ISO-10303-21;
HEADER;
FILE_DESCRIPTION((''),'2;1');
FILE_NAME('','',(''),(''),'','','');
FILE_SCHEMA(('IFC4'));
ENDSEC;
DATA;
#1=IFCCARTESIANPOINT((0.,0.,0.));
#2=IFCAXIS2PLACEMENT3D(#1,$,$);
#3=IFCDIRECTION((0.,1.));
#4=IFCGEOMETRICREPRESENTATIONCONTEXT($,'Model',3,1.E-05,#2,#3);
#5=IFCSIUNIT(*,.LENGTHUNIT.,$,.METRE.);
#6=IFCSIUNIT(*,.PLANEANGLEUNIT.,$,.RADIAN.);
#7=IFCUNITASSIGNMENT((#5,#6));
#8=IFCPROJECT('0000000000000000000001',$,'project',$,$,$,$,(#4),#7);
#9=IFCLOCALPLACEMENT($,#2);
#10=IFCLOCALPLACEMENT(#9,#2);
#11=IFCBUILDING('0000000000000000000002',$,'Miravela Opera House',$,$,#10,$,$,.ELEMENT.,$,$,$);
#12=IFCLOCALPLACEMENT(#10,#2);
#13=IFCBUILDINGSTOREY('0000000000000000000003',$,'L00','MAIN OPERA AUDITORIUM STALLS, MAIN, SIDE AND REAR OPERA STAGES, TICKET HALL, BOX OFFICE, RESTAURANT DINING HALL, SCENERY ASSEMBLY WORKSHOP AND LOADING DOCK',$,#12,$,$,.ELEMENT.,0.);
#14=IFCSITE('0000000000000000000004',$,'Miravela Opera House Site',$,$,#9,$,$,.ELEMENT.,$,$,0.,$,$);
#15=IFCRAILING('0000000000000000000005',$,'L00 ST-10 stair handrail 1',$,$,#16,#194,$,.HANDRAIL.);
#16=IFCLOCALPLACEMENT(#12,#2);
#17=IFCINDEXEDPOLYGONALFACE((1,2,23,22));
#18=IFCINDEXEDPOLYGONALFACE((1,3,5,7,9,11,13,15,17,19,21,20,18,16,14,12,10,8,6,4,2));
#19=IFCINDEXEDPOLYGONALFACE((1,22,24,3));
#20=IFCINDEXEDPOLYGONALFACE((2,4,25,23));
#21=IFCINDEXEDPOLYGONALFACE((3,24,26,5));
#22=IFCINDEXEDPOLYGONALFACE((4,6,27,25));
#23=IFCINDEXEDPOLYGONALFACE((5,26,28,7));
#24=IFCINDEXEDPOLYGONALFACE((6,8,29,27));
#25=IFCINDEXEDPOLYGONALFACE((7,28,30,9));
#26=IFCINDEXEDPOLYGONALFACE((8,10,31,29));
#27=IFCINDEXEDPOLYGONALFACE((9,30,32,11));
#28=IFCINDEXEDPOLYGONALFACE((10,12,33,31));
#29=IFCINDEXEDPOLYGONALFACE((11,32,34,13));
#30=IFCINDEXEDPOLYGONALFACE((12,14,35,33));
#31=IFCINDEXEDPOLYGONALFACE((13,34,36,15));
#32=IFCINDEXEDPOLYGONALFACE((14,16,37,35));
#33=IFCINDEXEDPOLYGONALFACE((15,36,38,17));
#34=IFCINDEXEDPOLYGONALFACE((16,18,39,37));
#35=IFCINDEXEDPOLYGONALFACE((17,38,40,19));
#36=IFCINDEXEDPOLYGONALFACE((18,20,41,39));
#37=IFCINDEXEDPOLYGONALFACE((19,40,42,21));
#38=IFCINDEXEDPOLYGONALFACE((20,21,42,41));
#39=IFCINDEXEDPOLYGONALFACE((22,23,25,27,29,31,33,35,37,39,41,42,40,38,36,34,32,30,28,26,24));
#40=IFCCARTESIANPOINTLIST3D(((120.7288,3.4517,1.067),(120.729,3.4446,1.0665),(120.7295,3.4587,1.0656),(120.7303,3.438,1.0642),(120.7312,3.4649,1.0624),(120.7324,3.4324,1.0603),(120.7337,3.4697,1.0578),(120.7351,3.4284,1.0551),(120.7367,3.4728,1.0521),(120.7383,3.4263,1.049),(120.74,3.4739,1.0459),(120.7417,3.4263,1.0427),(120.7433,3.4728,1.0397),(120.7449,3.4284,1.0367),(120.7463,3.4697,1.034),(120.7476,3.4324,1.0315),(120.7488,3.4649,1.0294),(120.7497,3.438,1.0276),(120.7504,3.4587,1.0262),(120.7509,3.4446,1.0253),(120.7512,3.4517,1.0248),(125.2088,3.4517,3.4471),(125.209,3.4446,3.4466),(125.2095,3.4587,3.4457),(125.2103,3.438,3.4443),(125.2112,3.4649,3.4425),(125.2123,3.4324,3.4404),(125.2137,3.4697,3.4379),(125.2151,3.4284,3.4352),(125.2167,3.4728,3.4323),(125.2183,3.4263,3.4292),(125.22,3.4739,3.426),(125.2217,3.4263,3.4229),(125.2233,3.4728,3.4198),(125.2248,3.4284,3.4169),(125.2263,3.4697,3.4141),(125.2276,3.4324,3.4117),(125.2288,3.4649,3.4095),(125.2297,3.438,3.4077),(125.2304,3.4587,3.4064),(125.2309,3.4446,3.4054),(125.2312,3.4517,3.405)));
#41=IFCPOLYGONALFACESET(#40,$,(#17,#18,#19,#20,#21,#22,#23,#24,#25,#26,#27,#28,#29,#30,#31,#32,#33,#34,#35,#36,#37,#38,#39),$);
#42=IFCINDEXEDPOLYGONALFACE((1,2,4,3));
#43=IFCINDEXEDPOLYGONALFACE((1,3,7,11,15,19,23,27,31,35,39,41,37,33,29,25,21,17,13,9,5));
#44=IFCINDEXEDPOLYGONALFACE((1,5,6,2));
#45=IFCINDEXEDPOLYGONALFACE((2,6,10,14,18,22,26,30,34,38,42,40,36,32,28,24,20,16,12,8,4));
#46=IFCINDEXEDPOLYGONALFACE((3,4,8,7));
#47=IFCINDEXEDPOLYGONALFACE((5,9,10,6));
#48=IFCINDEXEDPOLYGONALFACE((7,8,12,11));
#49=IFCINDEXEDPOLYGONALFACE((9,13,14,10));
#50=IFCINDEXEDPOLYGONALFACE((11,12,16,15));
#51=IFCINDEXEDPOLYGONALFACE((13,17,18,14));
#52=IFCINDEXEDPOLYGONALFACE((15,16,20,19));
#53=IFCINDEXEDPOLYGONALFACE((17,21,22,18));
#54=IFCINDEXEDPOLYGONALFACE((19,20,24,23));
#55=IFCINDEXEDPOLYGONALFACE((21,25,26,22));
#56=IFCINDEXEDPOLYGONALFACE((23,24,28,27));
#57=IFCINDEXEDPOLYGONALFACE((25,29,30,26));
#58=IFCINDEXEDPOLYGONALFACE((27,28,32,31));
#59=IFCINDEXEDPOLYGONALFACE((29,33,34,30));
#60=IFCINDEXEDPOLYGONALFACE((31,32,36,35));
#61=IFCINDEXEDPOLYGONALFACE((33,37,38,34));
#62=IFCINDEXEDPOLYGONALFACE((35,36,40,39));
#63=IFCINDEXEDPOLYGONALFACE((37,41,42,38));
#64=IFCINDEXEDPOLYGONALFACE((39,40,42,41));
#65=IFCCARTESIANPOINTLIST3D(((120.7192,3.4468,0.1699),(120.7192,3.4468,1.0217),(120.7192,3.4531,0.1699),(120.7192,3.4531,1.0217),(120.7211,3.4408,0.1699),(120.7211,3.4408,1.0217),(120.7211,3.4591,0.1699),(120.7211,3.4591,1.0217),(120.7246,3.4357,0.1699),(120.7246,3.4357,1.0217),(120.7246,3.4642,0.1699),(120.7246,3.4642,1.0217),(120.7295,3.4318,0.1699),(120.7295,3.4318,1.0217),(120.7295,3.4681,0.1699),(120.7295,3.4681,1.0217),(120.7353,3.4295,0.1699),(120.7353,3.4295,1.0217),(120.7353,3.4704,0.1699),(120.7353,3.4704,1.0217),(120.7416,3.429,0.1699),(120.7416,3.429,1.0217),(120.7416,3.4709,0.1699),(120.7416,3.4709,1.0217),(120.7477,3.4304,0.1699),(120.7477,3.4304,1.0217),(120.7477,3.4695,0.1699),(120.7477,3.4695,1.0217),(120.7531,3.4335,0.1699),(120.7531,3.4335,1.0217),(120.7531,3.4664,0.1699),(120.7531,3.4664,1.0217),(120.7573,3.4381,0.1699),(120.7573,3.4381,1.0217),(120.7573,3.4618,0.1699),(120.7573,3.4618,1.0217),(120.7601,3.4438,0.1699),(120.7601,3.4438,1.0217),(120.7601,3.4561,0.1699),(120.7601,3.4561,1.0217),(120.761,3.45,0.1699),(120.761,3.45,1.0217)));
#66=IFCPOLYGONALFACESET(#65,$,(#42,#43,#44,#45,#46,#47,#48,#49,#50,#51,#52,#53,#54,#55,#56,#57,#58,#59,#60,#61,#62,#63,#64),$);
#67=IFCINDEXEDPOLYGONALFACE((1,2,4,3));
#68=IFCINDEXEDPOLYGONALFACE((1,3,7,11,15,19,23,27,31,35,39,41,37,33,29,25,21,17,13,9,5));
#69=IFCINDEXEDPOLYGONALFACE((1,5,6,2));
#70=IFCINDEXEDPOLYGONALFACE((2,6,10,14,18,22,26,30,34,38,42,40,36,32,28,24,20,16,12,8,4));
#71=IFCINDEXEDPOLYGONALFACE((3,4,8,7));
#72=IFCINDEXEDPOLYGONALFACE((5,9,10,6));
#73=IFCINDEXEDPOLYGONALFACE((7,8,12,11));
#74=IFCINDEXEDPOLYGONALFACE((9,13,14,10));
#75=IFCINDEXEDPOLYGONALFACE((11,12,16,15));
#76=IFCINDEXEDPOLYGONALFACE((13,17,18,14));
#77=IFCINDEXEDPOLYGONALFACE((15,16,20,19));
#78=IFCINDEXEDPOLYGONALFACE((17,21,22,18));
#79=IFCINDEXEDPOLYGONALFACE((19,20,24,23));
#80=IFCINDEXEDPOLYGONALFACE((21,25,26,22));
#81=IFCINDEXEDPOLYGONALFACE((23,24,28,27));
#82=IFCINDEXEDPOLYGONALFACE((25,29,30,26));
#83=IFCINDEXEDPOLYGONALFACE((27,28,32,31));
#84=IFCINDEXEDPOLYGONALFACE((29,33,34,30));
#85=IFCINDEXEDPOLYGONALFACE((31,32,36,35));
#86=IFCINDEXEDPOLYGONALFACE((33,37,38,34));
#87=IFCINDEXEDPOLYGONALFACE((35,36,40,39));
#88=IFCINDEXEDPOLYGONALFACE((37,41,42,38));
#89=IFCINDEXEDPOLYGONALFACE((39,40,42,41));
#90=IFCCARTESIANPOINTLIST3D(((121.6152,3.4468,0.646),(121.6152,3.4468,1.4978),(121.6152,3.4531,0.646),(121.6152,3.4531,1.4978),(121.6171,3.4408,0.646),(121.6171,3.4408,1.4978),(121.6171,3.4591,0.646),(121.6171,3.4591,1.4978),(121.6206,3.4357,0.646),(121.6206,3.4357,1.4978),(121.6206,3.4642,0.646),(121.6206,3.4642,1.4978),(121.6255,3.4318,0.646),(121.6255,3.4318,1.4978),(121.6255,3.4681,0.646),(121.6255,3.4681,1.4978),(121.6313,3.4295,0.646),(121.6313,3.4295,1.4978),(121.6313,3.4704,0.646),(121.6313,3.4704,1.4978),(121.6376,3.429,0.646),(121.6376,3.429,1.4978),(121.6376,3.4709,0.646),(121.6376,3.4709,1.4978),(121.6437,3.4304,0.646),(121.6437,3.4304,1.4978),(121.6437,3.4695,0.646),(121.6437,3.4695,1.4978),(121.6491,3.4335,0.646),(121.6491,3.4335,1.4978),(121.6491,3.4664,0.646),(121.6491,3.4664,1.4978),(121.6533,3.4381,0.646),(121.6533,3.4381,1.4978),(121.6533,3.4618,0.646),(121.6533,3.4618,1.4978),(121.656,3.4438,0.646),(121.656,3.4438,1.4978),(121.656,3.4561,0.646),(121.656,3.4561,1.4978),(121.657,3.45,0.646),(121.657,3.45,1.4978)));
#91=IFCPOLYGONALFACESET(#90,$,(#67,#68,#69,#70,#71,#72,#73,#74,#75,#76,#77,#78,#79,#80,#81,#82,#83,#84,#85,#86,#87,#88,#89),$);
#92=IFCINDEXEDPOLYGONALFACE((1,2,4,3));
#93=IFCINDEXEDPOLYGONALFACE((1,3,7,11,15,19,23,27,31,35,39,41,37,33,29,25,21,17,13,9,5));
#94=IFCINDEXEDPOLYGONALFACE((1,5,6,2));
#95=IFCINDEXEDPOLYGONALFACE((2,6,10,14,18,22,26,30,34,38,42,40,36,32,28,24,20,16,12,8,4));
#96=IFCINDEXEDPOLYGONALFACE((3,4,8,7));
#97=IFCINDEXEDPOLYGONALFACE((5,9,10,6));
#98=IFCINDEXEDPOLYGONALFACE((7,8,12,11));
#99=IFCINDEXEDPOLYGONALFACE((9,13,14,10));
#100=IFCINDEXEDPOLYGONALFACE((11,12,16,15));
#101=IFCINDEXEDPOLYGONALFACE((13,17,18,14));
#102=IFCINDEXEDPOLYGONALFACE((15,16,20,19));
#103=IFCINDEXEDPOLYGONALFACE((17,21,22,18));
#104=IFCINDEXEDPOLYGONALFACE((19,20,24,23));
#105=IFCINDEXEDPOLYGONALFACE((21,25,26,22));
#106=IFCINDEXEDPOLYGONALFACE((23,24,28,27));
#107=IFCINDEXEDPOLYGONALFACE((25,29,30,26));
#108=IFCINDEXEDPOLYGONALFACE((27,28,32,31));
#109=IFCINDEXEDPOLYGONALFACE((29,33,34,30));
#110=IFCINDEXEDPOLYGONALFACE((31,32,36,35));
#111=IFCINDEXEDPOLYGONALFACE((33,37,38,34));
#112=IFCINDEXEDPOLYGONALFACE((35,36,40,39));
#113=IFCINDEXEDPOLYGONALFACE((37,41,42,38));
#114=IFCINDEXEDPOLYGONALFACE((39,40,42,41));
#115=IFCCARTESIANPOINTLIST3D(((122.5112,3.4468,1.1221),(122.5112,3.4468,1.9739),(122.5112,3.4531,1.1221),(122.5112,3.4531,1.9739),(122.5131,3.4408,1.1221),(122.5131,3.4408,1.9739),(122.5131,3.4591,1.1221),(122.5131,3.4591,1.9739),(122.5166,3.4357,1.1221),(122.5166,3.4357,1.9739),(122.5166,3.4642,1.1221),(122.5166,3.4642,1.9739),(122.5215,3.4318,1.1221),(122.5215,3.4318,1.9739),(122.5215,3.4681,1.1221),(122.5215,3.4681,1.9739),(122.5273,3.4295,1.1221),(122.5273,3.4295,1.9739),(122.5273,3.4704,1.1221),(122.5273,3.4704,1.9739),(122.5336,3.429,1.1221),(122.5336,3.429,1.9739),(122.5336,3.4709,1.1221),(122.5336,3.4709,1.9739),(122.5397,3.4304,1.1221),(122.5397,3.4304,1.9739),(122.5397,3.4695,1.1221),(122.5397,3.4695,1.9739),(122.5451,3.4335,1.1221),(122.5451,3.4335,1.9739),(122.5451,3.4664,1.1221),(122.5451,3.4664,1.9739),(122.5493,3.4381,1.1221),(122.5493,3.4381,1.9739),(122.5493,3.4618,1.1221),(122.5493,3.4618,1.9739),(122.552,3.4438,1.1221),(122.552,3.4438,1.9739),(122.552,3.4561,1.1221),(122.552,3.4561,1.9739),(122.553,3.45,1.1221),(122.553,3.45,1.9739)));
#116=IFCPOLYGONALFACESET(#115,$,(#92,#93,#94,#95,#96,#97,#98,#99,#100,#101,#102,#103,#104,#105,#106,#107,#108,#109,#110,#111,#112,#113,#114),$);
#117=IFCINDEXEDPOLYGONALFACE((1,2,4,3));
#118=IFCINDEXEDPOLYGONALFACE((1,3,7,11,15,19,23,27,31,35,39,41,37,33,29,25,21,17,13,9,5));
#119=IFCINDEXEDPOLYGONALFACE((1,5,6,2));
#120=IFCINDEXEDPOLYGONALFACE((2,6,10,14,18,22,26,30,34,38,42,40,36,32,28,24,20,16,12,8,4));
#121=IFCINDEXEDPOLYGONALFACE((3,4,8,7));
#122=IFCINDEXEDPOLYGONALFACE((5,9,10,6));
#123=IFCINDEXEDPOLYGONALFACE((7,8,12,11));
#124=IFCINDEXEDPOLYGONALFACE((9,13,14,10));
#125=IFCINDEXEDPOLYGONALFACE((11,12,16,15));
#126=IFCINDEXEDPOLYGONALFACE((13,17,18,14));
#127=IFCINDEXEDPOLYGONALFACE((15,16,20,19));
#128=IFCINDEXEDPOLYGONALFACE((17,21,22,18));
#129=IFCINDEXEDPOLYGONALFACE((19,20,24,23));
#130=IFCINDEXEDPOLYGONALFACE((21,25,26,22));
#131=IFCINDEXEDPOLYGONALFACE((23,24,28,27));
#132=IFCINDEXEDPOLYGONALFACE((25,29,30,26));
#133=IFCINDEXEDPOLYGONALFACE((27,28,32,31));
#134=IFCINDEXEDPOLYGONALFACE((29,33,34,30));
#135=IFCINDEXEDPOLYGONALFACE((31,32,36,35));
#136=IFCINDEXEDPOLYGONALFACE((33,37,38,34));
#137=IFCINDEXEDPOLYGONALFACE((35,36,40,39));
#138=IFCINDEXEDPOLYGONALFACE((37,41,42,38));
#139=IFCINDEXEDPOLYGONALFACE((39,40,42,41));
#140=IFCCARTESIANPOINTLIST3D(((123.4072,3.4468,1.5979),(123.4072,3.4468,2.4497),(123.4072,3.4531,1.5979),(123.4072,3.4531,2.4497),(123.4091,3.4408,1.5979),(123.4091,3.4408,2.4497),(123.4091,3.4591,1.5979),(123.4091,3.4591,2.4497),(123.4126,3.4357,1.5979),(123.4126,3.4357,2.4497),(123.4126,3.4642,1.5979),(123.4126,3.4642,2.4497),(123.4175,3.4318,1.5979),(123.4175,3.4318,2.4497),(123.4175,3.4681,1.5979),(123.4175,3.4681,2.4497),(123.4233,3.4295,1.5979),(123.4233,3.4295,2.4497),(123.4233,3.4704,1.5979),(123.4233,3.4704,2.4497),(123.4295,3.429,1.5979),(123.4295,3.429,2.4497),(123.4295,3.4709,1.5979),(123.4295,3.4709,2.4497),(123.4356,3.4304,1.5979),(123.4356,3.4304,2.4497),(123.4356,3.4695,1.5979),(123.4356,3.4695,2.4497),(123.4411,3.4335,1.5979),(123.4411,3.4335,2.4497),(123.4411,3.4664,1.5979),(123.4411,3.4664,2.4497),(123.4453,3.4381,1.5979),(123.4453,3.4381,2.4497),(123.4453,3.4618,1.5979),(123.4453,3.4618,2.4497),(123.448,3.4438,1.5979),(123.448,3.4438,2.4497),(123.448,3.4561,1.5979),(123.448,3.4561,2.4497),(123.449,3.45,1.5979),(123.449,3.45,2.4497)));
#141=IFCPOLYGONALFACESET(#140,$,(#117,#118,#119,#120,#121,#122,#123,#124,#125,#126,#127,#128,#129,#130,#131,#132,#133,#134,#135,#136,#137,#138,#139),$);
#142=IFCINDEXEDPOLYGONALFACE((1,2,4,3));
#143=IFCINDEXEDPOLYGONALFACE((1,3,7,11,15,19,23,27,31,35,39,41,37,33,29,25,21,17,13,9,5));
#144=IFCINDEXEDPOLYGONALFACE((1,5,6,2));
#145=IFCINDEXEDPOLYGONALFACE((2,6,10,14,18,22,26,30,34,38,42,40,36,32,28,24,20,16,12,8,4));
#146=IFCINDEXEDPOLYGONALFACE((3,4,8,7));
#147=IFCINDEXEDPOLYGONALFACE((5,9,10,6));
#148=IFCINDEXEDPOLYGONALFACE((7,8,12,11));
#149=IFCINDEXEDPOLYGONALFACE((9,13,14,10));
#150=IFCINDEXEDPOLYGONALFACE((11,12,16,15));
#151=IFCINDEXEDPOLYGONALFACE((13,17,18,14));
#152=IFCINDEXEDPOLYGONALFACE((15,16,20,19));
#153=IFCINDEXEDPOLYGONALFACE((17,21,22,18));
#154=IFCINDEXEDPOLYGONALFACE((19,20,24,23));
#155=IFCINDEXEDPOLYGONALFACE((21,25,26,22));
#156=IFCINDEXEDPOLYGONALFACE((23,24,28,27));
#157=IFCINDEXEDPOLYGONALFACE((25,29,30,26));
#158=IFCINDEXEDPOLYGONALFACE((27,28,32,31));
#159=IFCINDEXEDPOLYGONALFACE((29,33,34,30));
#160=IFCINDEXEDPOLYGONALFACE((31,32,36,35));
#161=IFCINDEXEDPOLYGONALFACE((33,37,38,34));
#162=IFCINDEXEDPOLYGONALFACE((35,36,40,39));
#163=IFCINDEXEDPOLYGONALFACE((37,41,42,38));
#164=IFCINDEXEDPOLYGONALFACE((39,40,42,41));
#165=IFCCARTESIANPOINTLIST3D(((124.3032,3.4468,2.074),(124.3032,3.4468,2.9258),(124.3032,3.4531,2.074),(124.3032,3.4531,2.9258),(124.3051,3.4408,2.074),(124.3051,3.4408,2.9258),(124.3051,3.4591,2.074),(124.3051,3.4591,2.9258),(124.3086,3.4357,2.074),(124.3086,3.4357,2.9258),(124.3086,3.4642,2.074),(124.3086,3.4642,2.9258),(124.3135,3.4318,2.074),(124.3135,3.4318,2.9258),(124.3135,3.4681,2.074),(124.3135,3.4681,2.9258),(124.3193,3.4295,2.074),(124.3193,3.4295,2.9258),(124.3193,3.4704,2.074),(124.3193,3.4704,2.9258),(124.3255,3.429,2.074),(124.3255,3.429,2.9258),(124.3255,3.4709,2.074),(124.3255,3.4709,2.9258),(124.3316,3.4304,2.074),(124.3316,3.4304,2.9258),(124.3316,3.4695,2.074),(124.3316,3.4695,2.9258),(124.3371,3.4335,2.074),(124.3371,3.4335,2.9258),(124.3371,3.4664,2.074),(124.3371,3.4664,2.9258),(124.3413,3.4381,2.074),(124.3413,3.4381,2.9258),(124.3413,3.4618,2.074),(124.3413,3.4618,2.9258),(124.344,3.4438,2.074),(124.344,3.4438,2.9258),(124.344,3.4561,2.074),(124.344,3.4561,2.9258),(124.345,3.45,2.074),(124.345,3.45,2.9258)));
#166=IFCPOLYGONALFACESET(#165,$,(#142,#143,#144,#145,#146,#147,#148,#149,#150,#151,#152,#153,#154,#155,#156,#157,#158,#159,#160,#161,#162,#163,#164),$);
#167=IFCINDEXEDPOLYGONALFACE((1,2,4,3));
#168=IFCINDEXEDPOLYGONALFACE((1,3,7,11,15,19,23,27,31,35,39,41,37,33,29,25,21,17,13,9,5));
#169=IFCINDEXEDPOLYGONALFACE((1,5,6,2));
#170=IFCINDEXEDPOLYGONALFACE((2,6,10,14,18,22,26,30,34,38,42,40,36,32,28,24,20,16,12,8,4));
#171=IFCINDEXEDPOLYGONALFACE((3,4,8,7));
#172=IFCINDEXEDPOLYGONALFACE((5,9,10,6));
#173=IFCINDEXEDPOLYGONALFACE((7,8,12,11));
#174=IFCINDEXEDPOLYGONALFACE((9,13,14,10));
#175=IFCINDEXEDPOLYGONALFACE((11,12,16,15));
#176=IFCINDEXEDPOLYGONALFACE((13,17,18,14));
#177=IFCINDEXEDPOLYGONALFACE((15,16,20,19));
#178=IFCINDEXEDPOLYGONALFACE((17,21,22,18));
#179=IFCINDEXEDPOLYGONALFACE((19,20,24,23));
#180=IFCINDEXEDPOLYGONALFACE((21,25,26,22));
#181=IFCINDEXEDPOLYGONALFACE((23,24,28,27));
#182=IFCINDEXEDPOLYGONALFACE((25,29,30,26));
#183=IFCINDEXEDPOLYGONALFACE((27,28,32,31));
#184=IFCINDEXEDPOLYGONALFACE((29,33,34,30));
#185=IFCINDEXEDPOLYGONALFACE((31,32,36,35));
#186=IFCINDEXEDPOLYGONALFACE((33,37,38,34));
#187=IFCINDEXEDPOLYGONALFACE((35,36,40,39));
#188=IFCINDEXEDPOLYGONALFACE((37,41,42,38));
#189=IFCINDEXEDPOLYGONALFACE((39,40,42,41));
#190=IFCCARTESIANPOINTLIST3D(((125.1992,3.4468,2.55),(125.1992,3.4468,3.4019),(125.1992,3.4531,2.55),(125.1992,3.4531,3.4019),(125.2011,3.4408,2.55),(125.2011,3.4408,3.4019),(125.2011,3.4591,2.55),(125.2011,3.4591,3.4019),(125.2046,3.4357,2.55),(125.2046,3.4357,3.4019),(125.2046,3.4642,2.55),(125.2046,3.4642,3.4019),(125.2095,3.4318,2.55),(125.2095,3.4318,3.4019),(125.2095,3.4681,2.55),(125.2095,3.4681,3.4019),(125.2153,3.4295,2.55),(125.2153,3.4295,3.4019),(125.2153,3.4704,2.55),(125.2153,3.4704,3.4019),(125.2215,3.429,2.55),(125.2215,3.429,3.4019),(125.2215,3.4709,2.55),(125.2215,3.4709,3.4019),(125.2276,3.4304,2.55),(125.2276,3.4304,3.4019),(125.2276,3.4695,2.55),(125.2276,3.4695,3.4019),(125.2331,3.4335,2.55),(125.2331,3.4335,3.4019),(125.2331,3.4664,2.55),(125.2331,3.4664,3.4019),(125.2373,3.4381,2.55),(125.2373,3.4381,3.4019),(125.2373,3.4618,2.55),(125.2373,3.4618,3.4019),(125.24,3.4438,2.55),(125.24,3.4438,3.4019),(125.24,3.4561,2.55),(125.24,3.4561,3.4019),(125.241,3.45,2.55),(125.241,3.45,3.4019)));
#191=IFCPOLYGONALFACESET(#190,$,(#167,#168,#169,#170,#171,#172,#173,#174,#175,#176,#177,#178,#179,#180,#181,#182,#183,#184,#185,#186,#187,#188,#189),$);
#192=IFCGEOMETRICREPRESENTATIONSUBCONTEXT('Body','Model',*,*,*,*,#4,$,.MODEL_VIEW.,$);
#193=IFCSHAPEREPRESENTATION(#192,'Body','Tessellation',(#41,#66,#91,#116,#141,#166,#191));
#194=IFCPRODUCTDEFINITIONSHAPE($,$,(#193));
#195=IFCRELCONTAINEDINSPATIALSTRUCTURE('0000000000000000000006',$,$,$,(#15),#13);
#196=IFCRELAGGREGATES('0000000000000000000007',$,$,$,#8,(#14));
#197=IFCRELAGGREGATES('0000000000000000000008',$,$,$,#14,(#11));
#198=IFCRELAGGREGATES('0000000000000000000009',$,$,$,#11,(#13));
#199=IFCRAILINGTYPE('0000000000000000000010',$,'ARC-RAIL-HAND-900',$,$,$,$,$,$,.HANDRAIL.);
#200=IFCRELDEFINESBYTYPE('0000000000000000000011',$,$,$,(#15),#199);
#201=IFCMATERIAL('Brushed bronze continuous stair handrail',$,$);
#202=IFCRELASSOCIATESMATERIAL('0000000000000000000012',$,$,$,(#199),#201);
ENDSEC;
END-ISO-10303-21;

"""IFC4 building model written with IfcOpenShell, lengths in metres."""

from ifc_helpers import new_model, si_unit, direction, frame, origin, origin_2d, place, context, subcontext, project, spatial, circle, extrude, material, type_object, element, save


model = new_model("IFC4")

# Units and contexts
model_context = context("Model", 3, precision=1e-05, world=origin(), true_north=direction((0.0, 1.0)))
body_context = subcontext(model_context, "Body", "Model", "MODEL_VIEW")
ifc_project = project(units=[si_unit("LENGTHUNIT", "METRE"), si_unit("PLANEANGLEUNIT", "RADIAN")], contexts=[model_context])

# Site, building, storey
site_placement = place(None, origin())
site = spatial("IfcSite", under=ifc_project, at=site_placement, Name="Miravela Opera House Site", CompositionType="ELEMENT", RefElevation=0.0)
building_placement = place(site_placement, origin())
building = spatial("IfcBuilding", under=site, at=building_placement, Name="Miravela Opera House", CompositionType="ELEMENT")
storey_placement = place(building_placement, origin())
storey = spatial("IfcBuildingStorey", under=building, at=storey_placement, Name="L00", Description="MAIN OPERA AUDITORIUM STALLS, MAIN, SIDE AND REAR OPERA STAGES, TICKET HALL, BOX OFFICE, RESTAURANT DINING HALL, SCENERY ASSEMBLY WORKSHOP AND LOADING DOCK", CompositionType="ELEMENT", Elevation=0.0)

# Railing
ifc_material_1 = material(Name="Brushed bronze continuous stair handrail")
railing_type_1 = type_object("IfcRailingType", Name="ARC-RAIL-HAND-900", PredefinedType="HANDRAIL", material=ifc_material_1)
railing_1_placement = place(storey_placement, frame((120.74, 3.45, 0.1699)))
element("IfcRailing", 1, at=railing_1_placement, inside=storey, type_object=railing_type_1, Name="L00 ST-10 stair handrail 1", PredefinedType="HANDRAIL", context=body_context, shape_type="SweptSolid", body=[
    extrude(circle(Radius=0.0239, at=origin_2d()), frame((0.0, 0.0, 0.876), z_axis=(0.883105, 0.0, 0.469176), x_axis=(0.0, 1.0, 0.0)), (0.0, 0.0, 1.0), 5.073),
    extrude(circle(Radius=0.021, at=origin_2d()), origin(), (0.0, 0.0, 1.0), 0.8518),
    extrude(circle(Radius=0.021, at=origin_2d()), frame((0.896, 0.0, 0.4761)), (0.0, 0.0, 1.0), 0.8518),
    extrude(circle(Radius=0.021, at=origin_2d()), frame((1.792, 0.0, 0.9521)), (0.0, 0.0, 1.0), 0.8518),
    extrude(circle(Radius=0.021, at=origin_2d()), frame((2.688, 0.0, 1.428)), (0.0, 0.0, 1.0), 0.8518),
    extrude(circle(Radius=0.021, at=origin_2d()), frame((3.584, 0.0, 1.9041)), (0.0, 0.0, 1.0), 0.8518),
    extrude(circle(Radius=0.021, at=origin_2d()), frame((4.48, 0.0, 2.3801)), (0.0, 0.0, 1.0), 0.8518),
])

save(model, "model.ifc")
